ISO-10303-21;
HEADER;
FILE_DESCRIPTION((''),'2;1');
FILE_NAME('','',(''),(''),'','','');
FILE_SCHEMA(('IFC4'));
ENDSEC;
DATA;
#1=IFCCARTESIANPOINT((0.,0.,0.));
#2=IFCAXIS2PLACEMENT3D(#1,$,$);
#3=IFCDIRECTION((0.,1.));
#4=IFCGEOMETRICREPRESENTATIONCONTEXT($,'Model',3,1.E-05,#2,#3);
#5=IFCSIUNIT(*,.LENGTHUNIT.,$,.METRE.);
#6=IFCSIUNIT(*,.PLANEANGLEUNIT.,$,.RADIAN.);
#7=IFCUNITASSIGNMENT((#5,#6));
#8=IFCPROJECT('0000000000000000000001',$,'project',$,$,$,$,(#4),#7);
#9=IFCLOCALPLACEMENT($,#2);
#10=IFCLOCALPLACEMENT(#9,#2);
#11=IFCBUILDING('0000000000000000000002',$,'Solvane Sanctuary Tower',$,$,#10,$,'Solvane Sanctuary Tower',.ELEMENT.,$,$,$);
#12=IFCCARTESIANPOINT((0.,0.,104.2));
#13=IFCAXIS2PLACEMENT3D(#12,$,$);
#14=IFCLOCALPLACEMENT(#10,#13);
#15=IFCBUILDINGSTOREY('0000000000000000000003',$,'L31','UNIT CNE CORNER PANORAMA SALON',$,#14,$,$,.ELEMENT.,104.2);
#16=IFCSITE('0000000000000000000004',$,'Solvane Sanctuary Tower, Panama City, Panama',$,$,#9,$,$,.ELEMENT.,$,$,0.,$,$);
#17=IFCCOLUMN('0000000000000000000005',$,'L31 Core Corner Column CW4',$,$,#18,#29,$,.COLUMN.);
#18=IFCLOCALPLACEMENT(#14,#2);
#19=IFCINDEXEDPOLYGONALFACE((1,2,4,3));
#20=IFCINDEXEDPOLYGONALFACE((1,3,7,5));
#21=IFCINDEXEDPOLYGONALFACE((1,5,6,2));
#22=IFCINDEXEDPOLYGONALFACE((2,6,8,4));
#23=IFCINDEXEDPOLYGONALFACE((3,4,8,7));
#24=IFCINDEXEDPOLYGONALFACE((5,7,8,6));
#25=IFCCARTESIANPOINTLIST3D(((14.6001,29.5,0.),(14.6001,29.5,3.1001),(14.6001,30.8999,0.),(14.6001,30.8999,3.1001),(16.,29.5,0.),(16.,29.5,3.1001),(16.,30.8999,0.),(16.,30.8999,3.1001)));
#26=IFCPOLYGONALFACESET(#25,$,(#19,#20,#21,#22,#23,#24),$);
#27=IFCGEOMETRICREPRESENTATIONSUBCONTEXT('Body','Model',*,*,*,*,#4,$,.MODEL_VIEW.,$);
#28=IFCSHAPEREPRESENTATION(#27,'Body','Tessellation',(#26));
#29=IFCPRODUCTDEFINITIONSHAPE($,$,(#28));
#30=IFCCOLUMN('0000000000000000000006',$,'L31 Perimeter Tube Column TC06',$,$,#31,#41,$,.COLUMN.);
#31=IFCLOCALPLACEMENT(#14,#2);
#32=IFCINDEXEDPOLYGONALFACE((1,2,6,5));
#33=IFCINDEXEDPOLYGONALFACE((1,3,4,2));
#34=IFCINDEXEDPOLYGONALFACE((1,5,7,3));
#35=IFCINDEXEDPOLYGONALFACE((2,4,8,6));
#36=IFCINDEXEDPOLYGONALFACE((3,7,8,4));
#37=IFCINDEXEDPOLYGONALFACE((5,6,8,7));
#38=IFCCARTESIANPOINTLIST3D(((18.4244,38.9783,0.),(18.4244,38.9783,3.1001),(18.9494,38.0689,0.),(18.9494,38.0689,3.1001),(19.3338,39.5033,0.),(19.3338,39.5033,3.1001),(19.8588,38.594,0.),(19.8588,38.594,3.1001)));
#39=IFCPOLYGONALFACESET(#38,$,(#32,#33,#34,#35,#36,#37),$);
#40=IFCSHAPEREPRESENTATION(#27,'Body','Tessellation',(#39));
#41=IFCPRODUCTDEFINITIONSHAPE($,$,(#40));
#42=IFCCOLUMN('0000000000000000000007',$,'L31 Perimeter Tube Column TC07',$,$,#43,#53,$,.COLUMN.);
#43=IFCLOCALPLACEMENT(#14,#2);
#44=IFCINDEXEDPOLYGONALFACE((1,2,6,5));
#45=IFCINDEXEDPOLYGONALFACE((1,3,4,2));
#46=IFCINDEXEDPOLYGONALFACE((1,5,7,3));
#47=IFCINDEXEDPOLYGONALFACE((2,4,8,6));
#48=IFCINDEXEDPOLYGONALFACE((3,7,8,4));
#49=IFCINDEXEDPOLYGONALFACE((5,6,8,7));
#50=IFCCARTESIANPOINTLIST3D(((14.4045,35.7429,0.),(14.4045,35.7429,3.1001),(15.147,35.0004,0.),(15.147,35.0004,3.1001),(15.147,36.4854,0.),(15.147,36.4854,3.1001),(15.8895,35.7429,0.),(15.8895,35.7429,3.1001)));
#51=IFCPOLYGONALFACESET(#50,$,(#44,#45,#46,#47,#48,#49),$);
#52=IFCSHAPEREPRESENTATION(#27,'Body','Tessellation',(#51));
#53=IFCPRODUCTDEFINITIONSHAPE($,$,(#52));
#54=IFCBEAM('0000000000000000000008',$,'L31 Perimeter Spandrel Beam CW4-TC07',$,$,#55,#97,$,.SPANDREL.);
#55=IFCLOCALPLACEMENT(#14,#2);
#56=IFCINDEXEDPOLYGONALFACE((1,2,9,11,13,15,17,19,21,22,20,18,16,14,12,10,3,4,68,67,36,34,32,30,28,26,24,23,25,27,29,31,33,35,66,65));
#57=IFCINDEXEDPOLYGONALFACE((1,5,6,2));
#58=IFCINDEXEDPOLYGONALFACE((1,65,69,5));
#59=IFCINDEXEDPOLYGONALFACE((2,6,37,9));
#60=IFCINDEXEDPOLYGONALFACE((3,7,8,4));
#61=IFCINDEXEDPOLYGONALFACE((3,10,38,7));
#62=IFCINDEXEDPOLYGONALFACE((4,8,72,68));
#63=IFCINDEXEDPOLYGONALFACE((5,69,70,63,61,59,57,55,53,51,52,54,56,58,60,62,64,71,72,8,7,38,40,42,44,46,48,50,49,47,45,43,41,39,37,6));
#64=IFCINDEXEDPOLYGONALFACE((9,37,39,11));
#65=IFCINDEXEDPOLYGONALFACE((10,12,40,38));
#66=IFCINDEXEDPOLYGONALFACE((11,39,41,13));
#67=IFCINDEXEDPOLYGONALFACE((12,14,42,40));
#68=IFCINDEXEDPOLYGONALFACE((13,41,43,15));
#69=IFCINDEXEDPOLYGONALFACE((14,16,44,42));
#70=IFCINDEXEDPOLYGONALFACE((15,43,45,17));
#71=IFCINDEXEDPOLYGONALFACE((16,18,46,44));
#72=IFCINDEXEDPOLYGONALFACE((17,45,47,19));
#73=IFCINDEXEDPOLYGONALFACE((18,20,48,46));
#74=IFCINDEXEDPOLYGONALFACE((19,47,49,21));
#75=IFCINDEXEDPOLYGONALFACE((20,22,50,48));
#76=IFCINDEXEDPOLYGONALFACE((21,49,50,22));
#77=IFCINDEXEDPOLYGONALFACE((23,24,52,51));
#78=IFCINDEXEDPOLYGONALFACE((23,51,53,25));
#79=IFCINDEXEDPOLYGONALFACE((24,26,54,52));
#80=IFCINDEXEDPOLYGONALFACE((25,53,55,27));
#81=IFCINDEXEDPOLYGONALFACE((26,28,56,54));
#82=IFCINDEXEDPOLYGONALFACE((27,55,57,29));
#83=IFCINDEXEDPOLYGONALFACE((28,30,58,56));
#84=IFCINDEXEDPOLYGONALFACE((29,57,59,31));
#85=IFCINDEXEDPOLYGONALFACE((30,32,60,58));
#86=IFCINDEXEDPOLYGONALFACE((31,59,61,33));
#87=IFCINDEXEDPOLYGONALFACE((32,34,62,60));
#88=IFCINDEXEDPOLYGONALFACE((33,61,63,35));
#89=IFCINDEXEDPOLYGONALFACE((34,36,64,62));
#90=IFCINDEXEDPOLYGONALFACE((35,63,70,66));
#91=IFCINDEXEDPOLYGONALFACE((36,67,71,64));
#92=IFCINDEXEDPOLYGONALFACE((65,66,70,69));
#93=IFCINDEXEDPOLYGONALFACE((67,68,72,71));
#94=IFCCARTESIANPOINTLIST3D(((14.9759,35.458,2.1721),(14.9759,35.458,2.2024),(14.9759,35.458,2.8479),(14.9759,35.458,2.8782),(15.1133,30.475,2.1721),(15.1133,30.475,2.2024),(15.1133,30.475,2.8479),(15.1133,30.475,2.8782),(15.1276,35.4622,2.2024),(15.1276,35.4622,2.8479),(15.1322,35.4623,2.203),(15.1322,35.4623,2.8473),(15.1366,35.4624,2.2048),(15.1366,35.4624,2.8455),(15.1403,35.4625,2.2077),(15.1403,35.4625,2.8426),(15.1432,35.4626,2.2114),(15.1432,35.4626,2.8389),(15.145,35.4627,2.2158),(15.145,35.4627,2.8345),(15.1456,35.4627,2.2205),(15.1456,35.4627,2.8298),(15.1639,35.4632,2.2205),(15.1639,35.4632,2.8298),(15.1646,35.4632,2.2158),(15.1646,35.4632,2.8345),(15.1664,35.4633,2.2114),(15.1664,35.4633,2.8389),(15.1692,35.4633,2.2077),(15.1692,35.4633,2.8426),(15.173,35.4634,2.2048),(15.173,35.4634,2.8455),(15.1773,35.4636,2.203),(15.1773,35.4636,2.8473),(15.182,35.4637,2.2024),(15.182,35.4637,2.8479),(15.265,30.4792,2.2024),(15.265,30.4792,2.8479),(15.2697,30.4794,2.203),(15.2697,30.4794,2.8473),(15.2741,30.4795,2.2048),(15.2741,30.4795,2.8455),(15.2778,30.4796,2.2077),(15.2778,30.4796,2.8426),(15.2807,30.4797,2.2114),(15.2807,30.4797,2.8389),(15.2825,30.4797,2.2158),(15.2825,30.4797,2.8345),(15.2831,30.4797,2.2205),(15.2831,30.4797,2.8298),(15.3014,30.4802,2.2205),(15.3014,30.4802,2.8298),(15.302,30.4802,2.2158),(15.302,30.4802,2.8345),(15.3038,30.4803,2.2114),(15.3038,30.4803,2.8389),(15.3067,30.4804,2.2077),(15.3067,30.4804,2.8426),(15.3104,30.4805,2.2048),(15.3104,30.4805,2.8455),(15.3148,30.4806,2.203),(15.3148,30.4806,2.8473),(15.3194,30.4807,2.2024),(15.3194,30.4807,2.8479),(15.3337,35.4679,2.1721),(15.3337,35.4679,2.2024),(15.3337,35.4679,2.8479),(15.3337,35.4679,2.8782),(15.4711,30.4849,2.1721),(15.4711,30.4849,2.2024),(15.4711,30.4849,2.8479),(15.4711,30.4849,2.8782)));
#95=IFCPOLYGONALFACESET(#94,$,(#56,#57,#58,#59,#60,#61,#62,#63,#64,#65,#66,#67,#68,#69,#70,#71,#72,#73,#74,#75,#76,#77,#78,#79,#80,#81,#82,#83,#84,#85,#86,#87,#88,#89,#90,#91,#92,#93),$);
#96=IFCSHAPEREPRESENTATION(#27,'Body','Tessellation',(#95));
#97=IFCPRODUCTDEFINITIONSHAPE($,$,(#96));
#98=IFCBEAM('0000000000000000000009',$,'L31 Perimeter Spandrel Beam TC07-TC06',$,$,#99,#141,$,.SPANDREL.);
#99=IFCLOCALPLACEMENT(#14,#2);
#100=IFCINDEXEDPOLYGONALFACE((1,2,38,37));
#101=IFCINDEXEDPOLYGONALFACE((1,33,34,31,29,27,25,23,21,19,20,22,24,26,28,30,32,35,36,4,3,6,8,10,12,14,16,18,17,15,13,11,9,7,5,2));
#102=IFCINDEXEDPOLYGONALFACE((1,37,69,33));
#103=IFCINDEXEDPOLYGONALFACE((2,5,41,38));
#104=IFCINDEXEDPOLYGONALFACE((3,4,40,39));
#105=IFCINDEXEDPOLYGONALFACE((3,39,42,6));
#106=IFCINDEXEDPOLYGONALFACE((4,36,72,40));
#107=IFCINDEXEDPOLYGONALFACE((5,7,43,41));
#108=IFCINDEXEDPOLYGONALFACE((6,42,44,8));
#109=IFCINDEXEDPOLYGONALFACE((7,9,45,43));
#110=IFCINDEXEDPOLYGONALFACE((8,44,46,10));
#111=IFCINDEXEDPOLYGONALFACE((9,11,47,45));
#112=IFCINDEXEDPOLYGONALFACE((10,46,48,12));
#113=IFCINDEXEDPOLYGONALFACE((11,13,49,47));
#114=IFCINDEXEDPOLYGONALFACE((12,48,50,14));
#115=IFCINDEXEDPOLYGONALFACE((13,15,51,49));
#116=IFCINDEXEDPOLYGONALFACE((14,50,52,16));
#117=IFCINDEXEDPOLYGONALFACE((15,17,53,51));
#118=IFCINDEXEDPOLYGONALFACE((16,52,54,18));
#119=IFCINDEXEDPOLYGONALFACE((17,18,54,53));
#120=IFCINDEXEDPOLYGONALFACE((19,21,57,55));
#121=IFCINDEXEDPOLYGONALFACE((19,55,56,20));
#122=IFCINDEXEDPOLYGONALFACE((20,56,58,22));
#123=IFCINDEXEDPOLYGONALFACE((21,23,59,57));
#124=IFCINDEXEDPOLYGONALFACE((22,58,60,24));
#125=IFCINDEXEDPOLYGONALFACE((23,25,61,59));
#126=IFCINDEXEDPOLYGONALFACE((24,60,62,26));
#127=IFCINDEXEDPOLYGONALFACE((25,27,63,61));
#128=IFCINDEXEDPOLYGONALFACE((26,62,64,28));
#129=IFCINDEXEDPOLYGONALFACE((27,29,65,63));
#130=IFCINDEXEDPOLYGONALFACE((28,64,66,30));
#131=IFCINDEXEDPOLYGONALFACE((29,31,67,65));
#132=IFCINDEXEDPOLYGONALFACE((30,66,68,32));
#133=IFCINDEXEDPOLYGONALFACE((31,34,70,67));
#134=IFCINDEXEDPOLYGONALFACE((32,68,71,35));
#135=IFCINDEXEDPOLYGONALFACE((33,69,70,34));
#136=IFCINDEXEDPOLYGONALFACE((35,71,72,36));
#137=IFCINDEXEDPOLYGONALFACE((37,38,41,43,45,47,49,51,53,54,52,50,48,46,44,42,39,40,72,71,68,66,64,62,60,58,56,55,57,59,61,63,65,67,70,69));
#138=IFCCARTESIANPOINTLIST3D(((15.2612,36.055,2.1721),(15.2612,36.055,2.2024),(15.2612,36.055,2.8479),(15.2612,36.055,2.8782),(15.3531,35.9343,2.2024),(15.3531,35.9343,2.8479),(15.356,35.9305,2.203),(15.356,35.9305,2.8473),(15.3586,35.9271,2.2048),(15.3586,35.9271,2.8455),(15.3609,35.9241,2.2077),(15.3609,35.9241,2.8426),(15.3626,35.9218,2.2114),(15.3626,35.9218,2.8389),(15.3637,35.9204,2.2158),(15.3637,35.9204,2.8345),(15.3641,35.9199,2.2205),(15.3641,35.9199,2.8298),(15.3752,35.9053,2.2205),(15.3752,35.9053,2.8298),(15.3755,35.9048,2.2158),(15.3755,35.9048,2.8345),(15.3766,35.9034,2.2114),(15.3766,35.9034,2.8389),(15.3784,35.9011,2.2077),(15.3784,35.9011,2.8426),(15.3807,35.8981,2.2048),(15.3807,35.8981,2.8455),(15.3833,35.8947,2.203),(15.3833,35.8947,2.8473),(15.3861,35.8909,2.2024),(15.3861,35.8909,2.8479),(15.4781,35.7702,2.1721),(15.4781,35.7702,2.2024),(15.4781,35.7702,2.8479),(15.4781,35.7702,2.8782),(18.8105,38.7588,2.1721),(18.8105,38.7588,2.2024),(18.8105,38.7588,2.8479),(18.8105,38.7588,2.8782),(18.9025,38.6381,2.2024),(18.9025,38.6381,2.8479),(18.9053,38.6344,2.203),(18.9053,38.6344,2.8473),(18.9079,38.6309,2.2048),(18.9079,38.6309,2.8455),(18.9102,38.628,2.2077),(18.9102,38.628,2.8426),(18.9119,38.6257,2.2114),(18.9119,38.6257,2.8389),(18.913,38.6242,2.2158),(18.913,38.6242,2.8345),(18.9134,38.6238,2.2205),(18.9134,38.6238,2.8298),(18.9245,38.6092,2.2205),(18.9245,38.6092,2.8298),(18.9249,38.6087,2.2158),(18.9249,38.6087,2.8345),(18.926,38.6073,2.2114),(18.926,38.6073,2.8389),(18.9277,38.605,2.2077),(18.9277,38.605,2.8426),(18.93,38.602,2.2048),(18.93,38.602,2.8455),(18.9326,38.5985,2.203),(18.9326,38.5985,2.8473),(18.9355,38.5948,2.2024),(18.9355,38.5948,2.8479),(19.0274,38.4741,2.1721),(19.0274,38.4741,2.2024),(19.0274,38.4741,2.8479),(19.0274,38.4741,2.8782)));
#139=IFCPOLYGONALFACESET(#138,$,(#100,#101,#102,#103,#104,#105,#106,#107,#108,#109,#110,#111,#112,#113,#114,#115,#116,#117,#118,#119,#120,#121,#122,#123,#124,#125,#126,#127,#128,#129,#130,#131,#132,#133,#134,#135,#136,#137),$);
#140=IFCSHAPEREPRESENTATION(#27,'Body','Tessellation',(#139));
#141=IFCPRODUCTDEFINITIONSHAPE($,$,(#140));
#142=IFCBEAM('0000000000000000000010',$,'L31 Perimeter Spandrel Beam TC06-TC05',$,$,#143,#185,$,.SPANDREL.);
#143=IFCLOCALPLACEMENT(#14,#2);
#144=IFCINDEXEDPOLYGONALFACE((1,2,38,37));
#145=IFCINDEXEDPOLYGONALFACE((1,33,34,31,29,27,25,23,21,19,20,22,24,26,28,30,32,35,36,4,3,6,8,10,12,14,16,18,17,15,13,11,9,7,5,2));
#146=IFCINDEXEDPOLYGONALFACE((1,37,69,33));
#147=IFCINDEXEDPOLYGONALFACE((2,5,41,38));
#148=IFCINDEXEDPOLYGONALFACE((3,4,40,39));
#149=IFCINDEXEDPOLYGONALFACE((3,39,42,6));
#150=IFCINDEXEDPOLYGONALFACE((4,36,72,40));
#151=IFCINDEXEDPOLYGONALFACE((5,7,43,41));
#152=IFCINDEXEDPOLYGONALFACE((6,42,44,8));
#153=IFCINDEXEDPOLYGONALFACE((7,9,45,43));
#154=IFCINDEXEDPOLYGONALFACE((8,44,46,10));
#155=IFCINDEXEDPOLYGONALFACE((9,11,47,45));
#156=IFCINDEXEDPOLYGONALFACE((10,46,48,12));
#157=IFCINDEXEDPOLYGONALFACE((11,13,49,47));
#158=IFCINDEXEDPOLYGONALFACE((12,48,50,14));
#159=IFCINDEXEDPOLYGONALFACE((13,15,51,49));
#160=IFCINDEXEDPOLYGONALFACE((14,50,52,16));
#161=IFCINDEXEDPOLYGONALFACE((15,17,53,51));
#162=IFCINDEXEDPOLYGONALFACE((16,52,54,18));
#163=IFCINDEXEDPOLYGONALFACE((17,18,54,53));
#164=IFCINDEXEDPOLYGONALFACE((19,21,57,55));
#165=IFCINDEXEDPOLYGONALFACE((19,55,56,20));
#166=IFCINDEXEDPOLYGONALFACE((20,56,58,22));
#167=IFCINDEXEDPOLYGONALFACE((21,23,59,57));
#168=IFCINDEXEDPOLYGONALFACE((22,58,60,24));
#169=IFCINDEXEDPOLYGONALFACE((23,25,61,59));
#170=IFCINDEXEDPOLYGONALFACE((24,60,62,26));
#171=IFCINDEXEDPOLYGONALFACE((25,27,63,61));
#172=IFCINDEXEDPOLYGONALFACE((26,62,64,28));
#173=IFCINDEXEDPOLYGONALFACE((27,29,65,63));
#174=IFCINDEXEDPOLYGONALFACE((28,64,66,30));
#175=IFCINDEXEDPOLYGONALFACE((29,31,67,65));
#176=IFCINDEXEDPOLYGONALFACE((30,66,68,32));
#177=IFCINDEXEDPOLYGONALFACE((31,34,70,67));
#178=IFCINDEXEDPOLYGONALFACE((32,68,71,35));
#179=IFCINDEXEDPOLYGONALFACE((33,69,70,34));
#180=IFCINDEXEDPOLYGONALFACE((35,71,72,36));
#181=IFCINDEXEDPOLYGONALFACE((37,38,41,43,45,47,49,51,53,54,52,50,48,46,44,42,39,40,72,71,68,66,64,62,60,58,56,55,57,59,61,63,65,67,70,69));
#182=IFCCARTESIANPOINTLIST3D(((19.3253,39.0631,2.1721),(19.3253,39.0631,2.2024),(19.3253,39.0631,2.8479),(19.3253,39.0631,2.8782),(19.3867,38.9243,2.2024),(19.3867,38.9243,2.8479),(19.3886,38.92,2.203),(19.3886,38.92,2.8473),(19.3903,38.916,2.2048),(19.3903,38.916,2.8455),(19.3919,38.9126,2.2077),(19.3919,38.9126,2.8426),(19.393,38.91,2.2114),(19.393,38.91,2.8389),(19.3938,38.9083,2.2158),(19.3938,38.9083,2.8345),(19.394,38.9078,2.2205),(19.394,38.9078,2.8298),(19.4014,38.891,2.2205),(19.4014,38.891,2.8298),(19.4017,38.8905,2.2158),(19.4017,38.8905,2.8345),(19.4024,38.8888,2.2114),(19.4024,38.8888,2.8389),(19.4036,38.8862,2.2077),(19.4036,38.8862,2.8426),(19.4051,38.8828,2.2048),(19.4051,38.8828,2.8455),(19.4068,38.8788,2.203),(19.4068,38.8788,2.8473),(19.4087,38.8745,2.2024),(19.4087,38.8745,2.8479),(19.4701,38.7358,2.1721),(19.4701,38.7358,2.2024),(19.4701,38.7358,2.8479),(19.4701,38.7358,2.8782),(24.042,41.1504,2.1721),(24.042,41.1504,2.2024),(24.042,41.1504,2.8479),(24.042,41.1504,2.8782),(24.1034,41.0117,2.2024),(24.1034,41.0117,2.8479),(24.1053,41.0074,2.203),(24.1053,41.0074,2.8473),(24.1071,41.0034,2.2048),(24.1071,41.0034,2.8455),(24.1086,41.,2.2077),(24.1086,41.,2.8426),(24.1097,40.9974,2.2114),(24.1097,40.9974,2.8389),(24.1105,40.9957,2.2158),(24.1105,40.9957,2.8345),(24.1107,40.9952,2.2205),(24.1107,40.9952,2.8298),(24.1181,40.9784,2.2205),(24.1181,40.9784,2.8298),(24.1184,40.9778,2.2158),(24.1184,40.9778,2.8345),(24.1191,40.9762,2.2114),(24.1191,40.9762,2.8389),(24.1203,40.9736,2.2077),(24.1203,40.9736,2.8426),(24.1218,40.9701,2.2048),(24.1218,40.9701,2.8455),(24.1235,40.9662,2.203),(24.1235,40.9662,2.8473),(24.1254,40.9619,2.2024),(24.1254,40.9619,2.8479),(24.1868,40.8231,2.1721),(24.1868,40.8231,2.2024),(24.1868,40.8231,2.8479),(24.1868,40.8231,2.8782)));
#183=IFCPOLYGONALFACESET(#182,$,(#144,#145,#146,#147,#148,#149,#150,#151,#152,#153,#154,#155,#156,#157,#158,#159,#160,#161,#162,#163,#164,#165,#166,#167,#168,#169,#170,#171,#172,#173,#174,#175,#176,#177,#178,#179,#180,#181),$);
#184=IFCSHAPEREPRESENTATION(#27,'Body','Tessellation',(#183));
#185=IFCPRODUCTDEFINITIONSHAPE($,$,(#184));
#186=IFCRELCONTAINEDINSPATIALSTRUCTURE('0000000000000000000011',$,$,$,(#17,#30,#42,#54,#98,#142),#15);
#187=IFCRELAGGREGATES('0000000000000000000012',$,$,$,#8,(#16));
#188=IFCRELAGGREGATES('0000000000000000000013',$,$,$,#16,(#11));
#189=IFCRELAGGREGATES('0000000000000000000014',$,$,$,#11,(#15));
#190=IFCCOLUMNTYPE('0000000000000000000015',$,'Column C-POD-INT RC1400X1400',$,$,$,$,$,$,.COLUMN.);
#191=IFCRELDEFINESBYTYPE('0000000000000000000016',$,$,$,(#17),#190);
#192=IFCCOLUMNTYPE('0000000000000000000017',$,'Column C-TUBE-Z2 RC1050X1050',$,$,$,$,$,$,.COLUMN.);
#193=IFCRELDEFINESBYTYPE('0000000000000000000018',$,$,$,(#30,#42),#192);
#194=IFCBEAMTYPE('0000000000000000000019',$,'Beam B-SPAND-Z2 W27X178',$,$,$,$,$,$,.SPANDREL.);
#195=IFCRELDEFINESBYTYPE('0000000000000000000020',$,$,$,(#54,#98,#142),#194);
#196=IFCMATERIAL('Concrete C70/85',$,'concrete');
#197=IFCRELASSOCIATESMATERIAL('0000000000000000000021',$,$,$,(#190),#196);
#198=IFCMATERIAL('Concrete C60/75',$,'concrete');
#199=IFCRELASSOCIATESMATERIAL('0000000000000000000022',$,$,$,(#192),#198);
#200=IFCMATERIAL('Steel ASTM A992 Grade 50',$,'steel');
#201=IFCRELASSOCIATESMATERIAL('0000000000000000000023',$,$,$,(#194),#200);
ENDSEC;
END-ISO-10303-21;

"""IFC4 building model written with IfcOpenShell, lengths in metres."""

from ifc_helpers import new_model, si_unit, direction, frame, origin, origin_2d, place, context, subcontext, project, spatial, rectangle, i_section, extrude, material, material_profile, profile_set, type_object, element, save


model = new_model("IFC4")

# Units and contexts
model_context = context("Model", 3, precision=1e-05, world=origin(), true_north=direction((0.0, 1.0)))
body_context = subcontext(model_context, "Body", "Model", "MODEL_VIEW")
ifc_project = project(units=[si_unit("LENGTHUNIT", "METRE"), si_unit("PLANEANGLEUNIT", "RADIAN")], contexts=[model_context])

# Site, building, storey
site_placement = place(None, origin())
site = spatial("IfcSite", under=ifc_project, at=site_placement, Name="Solvane Sanctuary Tower, Panama City, Panama", CompositionType="ELEMENT", RefElevation=0.0)
building_placement = place(site_placement, origin())
building = spatial("IfcBuilding", under=site, at=building_placement, Name="Solvane Sanctuary Tower", LongName="Solvane Sanctuary Tower", CompositionType="ELEMENT")
storey_placement = place(building_placement, frame((0.0, 0.0, 104.2)))
storey = spatial("IfcBuildingStorey", under=building, at=storey_placement, Name="L31", Description="UNIT CNE CORNER PANORAMA SALON", CompositionType="ELEMENT", Elevation=104.2)

# Columns
ifc_material_1 = material(Name="Concrete C70/85", Category="concrete")
ifc_material_profile_1 = material_profile(ifc_material_1, rectangle(XDim=1.3999, YDim=1.3999, at=origin_2d()), Name="RC1400X1400")
ifc_profile_set_1 = profile_set([ifc_material_profile_1], Name="Concrete C70/85")
column_type_1 = type_object("IfcColumnType", Name="Column C-POD-INT RC1400X1400", PredefinedType="COLUMN", material=ifc_profile_set_1)
column_placement = place(storey_placement, frame((15.3, 30.2, 0.0), z_axis=(0.0, 0.0, 1.0), x_axis=(1.0, 0.0, 0.0)))
element("IfcColumn", 1, at=column_placement, inside=storey, type_object=column_type_1, Name="L31 Core Corner Column CW4", PredefinedType="COLUMN", context=body_context, shape_type="SweptSolid", body=[
    extrude(rectangle(XDim=1.3999, YDim=1.3999, at=origin_2d()), origin(), (0.0, 0.0, 1.0), 3.1001),
])
ifc_material_2 = material(Name="Concrete C60/75", Category="concrete")
ifc_material_profile_2 = material_profile(ifc_material_2, rectangle(XDim=1.05, YDim=1.05, at=origin_2d()), Name="RC1050X1050")
ifc_profile_set_2 = profile_set([ifc_material_profile_2], Name="Concrete C60/75")
column_type_2 = type_object("IfcColumnType", Name="Column C-TUBE-Z2 RC1050X1050", PredefinedType="COLUMN", material=ifc_profile_set_2)
for number, where, z_axis, x_axis, name in (
    (2, (19.1416, 38.7861, 0.0), (0.0, 0.0, 1.0), (-0.5, 0.866025, 0.0), "L31 Perimeter Tube Column TC06"),
    (3, (15.147, 35.7429, 0.0), (0.0, 0.0, 1.0), (-0.707107, 0.707107, 0.0), "L31 Perimeter Tube Column TC07"),
):
    element("IfcColumn", number, at=place(storey_placement, frame(where, z_axis=z_axis, x_axis=x_axis)), inside=storey, type_object=column_type_2, Name=name, PredefinedType="COLUMN", context=body_context, shape_type="SweptSolid", body=[
        extrude(rectangle(XDim=1.05, YDim=1.05, at=origin_2d()), origin(), (0.0, 0.0, 1.0), 3.1001),
    ])

# Beams
ifc_material_3 = material(Name="Steel ASTM A992 Grade 50", Category="steel")
ifc_material_profile_3 = material_profile(ifc_material_3, i_section(OverallWidth=0.3579, OverallDepth=0.7061, WebThickness=0.0183, FlangeThickness=0.0303, FilletRadius=0.0181, at=origin_2d()), Name="W27X178")
ifc_profile_set_3 = profile_set([ifc_material_profile_3], Name="Steel ASTM A992 Grade 50")
beam_type = type_object("IfcBeamType", Name="Beam B-SPAND-Z2 W27X178", PredefinedType="SPANDREL", material=ifc_profile_set_3)
beam_1_placement = place(storey_placement, frame((15.2922, 30.48, 2.5251), z_axis=(-0.027574, 0.99962, 0.0), x_axis=(-0.99962, -0.027574, 0.0)))
element("IfcBeam", 4, at=beam_1_placement, inside=storey, type_object=beam_type, Name="L31 Perimeter Spandrel Beam CW4-TC07", PredefinedType="SPANDREL", context=body_context, shape_type="SweptSolid", body=[
    extrude(i_section(OverallWidth=0.3579, OverallDepth=0.7061, WebThickness=0.0183, FlangeThickness=0.0303, FilletRadius=0.0181, at=origin_2d()), origin(), (0.0, 0.0, 1.0), 4.9849),
])
beam_2_placement = place(storey_placement, frame((15.3696, 35.9126, 2.5251), z_axis=(0.795473, 0.605989, 0.0), x_axis=(-0.605989, 0.795473, 0.0)))
element("IfcBeam", 5, at=beam_2_placement, inside=storey, type_object=beam_type, Name="L31 Perimeter Spandrel Beam TC07-TC06", PredefinedType="SPANDREL", context=body_context, shape_type="SweptSolid", body=[
    extrude(i_section(OverallWidth=0.3579, OverallDepth=0.7061, WebThickness=0.0183, FlangeThickness=0.0303, FilletRadius=0.0181, at=origin_2d()), origin(), (0.0, 0.0, 1.0), 4.4619),
])
beam_3_placement = place(storey_placement, frame((19.3977, 38.8994, 2.5251), z_axis=(0.914455, 0.404689, 0.0), x_axis=(-0.404689, 0.914455, 0.0)))
element("IfcBeam", 6, at=beam_3_placement, inside=storey, type_object=beam_type, Name="L31 Perimeter Spandrel Beam TC06-TC05", PredefinedType="SPANDREL", context=body_context, shape_type="SweptSolid", body=[
    extrude(i_section(OverallWidth=0.3579, OverallDepth=0.7061, WebThickness=0.0183, FlangeThickness=0.0303, FilletRadius=0.0181, at=origin_2d()), origin(), (0.0, 0.0, 1.0), 5.158),
])

save(model, "model.ifc")
